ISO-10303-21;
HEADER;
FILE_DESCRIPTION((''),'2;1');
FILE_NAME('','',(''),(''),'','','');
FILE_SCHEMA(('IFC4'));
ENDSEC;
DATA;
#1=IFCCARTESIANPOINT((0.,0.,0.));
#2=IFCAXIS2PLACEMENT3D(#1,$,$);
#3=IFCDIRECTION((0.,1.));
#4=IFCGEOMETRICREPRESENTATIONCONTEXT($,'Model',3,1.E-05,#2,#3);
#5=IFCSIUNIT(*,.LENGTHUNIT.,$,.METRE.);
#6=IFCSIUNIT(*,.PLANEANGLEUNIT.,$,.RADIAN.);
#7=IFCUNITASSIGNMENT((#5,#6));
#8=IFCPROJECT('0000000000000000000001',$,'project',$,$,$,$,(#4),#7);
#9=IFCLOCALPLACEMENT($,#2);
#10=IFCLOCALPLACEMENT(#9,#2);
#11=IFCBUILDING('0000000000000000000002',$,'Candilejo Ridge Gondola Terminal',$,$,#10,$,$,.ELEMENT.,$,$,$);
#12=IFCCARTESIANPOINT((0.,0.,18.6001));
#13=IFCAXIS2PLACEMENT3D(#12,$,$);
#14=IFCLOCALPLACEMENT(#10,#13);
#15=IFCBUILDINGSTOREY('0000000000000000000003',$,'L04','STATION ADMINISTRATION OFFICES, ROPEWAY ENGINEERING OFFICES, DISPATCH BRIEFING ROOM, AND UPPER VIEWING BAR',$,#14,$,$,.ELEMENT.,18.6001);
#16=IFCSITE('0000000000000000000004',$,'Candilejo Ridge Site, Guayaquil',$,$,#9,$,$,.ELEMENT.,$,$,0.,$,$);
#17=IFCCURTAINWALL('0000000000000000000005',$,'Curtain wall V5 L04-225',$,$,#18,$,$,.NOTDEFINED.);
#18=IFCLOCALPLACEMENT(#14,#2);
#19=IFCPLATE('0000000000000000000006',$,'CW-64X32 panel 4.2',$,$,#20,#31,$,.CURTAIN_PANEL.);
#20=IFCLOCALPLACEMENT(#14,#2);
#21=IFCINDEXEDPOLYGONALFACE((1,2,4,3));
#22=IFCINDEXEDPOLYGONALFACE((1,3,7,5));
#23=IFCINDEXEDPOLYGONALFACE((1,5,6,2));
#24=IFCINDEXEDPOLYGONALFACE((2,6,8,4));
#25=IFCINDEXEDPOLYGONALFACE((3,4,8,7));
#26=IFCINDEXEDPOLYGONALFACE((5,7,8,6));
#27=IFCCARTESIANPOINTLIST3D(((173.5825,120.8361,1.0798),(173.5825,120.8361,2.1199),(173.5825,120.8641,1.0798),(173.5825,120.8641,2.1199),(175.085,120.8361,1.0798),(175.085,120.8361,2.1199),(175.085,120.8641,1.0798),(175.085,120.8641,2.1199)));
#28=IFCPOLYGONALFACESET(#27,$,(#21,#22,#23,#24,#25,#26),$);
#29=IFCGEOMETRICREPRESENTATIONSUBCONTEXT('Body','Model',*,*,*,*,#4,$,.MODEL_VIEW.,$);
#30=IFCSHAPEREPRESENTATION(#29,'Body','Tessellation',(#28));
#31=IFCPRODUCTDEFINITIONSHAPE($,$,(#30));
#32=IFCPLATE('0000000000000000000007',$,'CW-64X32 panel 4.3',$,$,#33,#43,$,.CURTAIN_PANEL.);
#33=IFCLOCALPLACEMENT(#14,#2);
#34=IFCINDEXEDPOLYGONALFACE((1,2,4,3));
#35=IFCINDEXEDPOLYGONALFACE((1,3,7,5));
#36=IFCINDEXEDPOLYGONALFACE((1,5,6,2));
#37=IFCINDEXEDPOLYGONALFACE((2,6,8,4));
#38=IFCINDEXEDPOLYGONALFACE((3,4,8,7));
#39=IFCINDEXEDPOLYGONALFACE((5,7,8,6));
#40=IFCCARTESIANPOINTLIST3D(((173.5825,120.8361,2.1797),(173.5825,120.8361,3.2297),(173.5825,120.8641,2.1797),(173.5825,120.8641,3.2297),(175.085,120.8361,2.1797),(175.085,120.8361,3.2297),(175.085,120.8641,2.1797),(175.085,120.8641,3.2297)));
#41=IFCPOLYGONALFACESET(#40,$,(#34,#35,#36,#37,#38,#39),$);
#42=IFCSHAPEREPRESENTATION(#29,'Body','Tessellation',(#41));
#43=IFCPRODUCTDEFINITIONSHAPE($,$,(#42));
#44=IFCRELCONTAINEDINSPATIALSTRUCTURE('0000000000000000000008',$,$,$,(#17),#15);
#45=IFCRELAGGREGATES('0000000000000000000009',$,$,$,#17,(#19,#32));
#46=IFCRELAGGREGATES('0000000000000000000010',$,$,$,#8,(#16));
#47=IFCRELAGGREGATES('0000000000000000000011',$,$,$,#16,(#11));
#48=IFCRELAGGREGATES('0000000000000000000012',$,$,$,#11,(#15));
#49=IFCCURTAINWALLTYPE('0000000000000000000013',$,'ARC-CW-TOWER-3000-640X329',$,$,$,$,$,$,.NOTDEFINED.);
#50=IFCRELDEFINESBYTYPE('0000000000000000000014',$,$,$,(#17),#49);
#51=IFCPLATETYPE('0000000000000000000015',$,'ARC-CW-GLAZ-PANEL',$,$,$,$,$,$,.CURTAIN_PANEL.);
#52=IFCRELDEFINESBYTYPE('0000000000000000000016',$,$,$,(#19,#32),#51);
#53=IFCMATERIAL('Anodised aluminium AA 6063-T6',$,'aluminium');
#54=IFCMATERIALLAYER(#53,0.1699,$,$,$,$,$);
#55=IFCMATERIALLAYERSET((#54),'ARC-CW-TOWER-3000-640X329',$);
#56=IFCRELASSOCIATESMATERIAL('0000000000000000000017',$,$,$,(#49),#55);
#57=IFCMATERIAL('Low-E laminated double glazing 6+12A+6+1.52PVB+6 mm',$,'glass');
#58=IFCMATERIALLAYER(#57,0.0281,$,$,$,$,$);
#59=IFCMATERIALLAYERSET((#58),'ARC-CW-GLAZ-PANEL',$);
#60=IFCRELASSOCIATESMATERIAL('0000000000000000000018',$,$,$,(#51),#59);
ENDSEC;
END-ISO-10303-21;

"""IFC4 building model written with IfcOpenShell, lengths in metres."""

from ifc_helpers import new_model, si_unit, direction, frame, origin, origin_2d, place, context, subcontext, project, spatial, rectangle, extrude, material, layer, layer_set, type_object, element, aggregate, save


model = new_model("IFC4")

# Units and contexts
model_context = context("Model", 3, precision=1e-05, world=origin(), true_north=direction((0.0, 1.0)))
body_context = subcontext(model_context, "Body", "Model", "MODEL_VIEW")
ifc_project = project(units=[si_unit("LENGTHUNIT", "METRE"), si_unit("PLANEANGLEUNIT", "RADIAN")], contexts=[model_context])

# Site, building, storey
site_placement = place(None, origin())
site = spatial("IfcSite", under=ifc_project, at=site_placement, Name="Candilejo Ridge Site, Guayaquil", CompositionType="ELEMENT", RefElevation=0.0)
building_placement = place(site_placement, origin())
building = spatial("IfcBuilding", under=site, at=building_placement, Name="Candilejo Ridge Gondola Terminal", CompositionType="ELEMENT")
storey_placement = place(building_placement, frame((0.0, 0.0, 18.6001)))
storey = spatial("IfcBuildingStorey", under=building, at=storey_placement, Name="L04", Description="STATION ADMINISTRATION OFFICES, ROPEWAY ENGINEERING OFFICES, DISPATCH BRIEFING ROOM, AND UPPER VIEWING BAR", CompositionType="ELEMENT", Elevation=18.6001)

# Curtain wall
ifc_material_1 = material(Name="Anodised aluminium AA 6063-T6", Category="aluminium")
ifc_layer_1 = layer(ifc_material_1, 0.1699)
ifc_layer_set_1 = layer_set([ifc_layer_1], Name="ARC-CW-TOWER-3000-640X329")
curtain_wall_type_1 = type_object("IfcCurtainWallType", Name="ARC-CW-TOWER-3000-640X329", PredefinedType="NOTDEFINED", material=ifc_layer_set_1)
curtain_wall_1_placement = place(storey_placement, origin())
curtain_wall_1 = element("IfcCurtainWall", 1, at=curtain_wall_1_placement, inside=storey, type_object=curtain_wall_type_1, Name="Curtain wall V5 L04-225", PredefinedType="NOTDEFINED")

# Plates
ifc_material_2 = material(Name="Low-E laminated double glazing 6+12A+6+1.52PVB+6 mm", Category="glass")
ifc_layer_2 = layer(ifc_material_2, 0.0281)
ifc_layer_set_2 = layer_set([ifc_layer_2], Name="ARC-CW-GLAZ-PANEL")
plate_type = type_object("IfcPlateType", Name="ARC-CW-GLAZ-PANEL", PredefinedType="CURTAIN_PANEL", material=ifc_layer_set_2)
plate_1_placement = place(storey_placement, frame((174.3337, 120.8501, 1.0798), z_axis=(0.0, 0.0, 1.0), x_axis=(1.0, 0.0, 0.0)))
plate_1 = element("IfcPlate", 2, at=plate_1_placement, type_object=plate_type, Name="CW-64X32 panel 4.2", PredefinedType="CURTAIN_PANEL", context=body_context, shape_type="SweptSolid", body=[
    extrude(rectangle(XDim=1.5024, YDim=0.0281, at=origin_2d()), origin(), (0.0, 0.0, 1.0), 1.04),
])
plate_2_placement = place(storey_placement, frame((174.3337, 120.8501, 2.1797), z_axis=(0.0, 0.0, 1.0), x_axis=(1.0, 0.0, 0.0)))
plate_2 = element("IfcPlate", 3, at=plate_2_placement, type_object=plate_type, Name="CW-64X32 panel 4.3", PredefinedType="CURTAIN_PANEL", context=body_context, shape_type="SweptSolid", body=[
    extrude(rectangle(XDim=1.5024, YDim=0.0281, at=origin_2d()), origin(), (0.0, 0.0, 1.0), 1.05),
])
aggregate(curtain_wall_1, [plate_1, plate_2])

save(model, "model.ifc")
